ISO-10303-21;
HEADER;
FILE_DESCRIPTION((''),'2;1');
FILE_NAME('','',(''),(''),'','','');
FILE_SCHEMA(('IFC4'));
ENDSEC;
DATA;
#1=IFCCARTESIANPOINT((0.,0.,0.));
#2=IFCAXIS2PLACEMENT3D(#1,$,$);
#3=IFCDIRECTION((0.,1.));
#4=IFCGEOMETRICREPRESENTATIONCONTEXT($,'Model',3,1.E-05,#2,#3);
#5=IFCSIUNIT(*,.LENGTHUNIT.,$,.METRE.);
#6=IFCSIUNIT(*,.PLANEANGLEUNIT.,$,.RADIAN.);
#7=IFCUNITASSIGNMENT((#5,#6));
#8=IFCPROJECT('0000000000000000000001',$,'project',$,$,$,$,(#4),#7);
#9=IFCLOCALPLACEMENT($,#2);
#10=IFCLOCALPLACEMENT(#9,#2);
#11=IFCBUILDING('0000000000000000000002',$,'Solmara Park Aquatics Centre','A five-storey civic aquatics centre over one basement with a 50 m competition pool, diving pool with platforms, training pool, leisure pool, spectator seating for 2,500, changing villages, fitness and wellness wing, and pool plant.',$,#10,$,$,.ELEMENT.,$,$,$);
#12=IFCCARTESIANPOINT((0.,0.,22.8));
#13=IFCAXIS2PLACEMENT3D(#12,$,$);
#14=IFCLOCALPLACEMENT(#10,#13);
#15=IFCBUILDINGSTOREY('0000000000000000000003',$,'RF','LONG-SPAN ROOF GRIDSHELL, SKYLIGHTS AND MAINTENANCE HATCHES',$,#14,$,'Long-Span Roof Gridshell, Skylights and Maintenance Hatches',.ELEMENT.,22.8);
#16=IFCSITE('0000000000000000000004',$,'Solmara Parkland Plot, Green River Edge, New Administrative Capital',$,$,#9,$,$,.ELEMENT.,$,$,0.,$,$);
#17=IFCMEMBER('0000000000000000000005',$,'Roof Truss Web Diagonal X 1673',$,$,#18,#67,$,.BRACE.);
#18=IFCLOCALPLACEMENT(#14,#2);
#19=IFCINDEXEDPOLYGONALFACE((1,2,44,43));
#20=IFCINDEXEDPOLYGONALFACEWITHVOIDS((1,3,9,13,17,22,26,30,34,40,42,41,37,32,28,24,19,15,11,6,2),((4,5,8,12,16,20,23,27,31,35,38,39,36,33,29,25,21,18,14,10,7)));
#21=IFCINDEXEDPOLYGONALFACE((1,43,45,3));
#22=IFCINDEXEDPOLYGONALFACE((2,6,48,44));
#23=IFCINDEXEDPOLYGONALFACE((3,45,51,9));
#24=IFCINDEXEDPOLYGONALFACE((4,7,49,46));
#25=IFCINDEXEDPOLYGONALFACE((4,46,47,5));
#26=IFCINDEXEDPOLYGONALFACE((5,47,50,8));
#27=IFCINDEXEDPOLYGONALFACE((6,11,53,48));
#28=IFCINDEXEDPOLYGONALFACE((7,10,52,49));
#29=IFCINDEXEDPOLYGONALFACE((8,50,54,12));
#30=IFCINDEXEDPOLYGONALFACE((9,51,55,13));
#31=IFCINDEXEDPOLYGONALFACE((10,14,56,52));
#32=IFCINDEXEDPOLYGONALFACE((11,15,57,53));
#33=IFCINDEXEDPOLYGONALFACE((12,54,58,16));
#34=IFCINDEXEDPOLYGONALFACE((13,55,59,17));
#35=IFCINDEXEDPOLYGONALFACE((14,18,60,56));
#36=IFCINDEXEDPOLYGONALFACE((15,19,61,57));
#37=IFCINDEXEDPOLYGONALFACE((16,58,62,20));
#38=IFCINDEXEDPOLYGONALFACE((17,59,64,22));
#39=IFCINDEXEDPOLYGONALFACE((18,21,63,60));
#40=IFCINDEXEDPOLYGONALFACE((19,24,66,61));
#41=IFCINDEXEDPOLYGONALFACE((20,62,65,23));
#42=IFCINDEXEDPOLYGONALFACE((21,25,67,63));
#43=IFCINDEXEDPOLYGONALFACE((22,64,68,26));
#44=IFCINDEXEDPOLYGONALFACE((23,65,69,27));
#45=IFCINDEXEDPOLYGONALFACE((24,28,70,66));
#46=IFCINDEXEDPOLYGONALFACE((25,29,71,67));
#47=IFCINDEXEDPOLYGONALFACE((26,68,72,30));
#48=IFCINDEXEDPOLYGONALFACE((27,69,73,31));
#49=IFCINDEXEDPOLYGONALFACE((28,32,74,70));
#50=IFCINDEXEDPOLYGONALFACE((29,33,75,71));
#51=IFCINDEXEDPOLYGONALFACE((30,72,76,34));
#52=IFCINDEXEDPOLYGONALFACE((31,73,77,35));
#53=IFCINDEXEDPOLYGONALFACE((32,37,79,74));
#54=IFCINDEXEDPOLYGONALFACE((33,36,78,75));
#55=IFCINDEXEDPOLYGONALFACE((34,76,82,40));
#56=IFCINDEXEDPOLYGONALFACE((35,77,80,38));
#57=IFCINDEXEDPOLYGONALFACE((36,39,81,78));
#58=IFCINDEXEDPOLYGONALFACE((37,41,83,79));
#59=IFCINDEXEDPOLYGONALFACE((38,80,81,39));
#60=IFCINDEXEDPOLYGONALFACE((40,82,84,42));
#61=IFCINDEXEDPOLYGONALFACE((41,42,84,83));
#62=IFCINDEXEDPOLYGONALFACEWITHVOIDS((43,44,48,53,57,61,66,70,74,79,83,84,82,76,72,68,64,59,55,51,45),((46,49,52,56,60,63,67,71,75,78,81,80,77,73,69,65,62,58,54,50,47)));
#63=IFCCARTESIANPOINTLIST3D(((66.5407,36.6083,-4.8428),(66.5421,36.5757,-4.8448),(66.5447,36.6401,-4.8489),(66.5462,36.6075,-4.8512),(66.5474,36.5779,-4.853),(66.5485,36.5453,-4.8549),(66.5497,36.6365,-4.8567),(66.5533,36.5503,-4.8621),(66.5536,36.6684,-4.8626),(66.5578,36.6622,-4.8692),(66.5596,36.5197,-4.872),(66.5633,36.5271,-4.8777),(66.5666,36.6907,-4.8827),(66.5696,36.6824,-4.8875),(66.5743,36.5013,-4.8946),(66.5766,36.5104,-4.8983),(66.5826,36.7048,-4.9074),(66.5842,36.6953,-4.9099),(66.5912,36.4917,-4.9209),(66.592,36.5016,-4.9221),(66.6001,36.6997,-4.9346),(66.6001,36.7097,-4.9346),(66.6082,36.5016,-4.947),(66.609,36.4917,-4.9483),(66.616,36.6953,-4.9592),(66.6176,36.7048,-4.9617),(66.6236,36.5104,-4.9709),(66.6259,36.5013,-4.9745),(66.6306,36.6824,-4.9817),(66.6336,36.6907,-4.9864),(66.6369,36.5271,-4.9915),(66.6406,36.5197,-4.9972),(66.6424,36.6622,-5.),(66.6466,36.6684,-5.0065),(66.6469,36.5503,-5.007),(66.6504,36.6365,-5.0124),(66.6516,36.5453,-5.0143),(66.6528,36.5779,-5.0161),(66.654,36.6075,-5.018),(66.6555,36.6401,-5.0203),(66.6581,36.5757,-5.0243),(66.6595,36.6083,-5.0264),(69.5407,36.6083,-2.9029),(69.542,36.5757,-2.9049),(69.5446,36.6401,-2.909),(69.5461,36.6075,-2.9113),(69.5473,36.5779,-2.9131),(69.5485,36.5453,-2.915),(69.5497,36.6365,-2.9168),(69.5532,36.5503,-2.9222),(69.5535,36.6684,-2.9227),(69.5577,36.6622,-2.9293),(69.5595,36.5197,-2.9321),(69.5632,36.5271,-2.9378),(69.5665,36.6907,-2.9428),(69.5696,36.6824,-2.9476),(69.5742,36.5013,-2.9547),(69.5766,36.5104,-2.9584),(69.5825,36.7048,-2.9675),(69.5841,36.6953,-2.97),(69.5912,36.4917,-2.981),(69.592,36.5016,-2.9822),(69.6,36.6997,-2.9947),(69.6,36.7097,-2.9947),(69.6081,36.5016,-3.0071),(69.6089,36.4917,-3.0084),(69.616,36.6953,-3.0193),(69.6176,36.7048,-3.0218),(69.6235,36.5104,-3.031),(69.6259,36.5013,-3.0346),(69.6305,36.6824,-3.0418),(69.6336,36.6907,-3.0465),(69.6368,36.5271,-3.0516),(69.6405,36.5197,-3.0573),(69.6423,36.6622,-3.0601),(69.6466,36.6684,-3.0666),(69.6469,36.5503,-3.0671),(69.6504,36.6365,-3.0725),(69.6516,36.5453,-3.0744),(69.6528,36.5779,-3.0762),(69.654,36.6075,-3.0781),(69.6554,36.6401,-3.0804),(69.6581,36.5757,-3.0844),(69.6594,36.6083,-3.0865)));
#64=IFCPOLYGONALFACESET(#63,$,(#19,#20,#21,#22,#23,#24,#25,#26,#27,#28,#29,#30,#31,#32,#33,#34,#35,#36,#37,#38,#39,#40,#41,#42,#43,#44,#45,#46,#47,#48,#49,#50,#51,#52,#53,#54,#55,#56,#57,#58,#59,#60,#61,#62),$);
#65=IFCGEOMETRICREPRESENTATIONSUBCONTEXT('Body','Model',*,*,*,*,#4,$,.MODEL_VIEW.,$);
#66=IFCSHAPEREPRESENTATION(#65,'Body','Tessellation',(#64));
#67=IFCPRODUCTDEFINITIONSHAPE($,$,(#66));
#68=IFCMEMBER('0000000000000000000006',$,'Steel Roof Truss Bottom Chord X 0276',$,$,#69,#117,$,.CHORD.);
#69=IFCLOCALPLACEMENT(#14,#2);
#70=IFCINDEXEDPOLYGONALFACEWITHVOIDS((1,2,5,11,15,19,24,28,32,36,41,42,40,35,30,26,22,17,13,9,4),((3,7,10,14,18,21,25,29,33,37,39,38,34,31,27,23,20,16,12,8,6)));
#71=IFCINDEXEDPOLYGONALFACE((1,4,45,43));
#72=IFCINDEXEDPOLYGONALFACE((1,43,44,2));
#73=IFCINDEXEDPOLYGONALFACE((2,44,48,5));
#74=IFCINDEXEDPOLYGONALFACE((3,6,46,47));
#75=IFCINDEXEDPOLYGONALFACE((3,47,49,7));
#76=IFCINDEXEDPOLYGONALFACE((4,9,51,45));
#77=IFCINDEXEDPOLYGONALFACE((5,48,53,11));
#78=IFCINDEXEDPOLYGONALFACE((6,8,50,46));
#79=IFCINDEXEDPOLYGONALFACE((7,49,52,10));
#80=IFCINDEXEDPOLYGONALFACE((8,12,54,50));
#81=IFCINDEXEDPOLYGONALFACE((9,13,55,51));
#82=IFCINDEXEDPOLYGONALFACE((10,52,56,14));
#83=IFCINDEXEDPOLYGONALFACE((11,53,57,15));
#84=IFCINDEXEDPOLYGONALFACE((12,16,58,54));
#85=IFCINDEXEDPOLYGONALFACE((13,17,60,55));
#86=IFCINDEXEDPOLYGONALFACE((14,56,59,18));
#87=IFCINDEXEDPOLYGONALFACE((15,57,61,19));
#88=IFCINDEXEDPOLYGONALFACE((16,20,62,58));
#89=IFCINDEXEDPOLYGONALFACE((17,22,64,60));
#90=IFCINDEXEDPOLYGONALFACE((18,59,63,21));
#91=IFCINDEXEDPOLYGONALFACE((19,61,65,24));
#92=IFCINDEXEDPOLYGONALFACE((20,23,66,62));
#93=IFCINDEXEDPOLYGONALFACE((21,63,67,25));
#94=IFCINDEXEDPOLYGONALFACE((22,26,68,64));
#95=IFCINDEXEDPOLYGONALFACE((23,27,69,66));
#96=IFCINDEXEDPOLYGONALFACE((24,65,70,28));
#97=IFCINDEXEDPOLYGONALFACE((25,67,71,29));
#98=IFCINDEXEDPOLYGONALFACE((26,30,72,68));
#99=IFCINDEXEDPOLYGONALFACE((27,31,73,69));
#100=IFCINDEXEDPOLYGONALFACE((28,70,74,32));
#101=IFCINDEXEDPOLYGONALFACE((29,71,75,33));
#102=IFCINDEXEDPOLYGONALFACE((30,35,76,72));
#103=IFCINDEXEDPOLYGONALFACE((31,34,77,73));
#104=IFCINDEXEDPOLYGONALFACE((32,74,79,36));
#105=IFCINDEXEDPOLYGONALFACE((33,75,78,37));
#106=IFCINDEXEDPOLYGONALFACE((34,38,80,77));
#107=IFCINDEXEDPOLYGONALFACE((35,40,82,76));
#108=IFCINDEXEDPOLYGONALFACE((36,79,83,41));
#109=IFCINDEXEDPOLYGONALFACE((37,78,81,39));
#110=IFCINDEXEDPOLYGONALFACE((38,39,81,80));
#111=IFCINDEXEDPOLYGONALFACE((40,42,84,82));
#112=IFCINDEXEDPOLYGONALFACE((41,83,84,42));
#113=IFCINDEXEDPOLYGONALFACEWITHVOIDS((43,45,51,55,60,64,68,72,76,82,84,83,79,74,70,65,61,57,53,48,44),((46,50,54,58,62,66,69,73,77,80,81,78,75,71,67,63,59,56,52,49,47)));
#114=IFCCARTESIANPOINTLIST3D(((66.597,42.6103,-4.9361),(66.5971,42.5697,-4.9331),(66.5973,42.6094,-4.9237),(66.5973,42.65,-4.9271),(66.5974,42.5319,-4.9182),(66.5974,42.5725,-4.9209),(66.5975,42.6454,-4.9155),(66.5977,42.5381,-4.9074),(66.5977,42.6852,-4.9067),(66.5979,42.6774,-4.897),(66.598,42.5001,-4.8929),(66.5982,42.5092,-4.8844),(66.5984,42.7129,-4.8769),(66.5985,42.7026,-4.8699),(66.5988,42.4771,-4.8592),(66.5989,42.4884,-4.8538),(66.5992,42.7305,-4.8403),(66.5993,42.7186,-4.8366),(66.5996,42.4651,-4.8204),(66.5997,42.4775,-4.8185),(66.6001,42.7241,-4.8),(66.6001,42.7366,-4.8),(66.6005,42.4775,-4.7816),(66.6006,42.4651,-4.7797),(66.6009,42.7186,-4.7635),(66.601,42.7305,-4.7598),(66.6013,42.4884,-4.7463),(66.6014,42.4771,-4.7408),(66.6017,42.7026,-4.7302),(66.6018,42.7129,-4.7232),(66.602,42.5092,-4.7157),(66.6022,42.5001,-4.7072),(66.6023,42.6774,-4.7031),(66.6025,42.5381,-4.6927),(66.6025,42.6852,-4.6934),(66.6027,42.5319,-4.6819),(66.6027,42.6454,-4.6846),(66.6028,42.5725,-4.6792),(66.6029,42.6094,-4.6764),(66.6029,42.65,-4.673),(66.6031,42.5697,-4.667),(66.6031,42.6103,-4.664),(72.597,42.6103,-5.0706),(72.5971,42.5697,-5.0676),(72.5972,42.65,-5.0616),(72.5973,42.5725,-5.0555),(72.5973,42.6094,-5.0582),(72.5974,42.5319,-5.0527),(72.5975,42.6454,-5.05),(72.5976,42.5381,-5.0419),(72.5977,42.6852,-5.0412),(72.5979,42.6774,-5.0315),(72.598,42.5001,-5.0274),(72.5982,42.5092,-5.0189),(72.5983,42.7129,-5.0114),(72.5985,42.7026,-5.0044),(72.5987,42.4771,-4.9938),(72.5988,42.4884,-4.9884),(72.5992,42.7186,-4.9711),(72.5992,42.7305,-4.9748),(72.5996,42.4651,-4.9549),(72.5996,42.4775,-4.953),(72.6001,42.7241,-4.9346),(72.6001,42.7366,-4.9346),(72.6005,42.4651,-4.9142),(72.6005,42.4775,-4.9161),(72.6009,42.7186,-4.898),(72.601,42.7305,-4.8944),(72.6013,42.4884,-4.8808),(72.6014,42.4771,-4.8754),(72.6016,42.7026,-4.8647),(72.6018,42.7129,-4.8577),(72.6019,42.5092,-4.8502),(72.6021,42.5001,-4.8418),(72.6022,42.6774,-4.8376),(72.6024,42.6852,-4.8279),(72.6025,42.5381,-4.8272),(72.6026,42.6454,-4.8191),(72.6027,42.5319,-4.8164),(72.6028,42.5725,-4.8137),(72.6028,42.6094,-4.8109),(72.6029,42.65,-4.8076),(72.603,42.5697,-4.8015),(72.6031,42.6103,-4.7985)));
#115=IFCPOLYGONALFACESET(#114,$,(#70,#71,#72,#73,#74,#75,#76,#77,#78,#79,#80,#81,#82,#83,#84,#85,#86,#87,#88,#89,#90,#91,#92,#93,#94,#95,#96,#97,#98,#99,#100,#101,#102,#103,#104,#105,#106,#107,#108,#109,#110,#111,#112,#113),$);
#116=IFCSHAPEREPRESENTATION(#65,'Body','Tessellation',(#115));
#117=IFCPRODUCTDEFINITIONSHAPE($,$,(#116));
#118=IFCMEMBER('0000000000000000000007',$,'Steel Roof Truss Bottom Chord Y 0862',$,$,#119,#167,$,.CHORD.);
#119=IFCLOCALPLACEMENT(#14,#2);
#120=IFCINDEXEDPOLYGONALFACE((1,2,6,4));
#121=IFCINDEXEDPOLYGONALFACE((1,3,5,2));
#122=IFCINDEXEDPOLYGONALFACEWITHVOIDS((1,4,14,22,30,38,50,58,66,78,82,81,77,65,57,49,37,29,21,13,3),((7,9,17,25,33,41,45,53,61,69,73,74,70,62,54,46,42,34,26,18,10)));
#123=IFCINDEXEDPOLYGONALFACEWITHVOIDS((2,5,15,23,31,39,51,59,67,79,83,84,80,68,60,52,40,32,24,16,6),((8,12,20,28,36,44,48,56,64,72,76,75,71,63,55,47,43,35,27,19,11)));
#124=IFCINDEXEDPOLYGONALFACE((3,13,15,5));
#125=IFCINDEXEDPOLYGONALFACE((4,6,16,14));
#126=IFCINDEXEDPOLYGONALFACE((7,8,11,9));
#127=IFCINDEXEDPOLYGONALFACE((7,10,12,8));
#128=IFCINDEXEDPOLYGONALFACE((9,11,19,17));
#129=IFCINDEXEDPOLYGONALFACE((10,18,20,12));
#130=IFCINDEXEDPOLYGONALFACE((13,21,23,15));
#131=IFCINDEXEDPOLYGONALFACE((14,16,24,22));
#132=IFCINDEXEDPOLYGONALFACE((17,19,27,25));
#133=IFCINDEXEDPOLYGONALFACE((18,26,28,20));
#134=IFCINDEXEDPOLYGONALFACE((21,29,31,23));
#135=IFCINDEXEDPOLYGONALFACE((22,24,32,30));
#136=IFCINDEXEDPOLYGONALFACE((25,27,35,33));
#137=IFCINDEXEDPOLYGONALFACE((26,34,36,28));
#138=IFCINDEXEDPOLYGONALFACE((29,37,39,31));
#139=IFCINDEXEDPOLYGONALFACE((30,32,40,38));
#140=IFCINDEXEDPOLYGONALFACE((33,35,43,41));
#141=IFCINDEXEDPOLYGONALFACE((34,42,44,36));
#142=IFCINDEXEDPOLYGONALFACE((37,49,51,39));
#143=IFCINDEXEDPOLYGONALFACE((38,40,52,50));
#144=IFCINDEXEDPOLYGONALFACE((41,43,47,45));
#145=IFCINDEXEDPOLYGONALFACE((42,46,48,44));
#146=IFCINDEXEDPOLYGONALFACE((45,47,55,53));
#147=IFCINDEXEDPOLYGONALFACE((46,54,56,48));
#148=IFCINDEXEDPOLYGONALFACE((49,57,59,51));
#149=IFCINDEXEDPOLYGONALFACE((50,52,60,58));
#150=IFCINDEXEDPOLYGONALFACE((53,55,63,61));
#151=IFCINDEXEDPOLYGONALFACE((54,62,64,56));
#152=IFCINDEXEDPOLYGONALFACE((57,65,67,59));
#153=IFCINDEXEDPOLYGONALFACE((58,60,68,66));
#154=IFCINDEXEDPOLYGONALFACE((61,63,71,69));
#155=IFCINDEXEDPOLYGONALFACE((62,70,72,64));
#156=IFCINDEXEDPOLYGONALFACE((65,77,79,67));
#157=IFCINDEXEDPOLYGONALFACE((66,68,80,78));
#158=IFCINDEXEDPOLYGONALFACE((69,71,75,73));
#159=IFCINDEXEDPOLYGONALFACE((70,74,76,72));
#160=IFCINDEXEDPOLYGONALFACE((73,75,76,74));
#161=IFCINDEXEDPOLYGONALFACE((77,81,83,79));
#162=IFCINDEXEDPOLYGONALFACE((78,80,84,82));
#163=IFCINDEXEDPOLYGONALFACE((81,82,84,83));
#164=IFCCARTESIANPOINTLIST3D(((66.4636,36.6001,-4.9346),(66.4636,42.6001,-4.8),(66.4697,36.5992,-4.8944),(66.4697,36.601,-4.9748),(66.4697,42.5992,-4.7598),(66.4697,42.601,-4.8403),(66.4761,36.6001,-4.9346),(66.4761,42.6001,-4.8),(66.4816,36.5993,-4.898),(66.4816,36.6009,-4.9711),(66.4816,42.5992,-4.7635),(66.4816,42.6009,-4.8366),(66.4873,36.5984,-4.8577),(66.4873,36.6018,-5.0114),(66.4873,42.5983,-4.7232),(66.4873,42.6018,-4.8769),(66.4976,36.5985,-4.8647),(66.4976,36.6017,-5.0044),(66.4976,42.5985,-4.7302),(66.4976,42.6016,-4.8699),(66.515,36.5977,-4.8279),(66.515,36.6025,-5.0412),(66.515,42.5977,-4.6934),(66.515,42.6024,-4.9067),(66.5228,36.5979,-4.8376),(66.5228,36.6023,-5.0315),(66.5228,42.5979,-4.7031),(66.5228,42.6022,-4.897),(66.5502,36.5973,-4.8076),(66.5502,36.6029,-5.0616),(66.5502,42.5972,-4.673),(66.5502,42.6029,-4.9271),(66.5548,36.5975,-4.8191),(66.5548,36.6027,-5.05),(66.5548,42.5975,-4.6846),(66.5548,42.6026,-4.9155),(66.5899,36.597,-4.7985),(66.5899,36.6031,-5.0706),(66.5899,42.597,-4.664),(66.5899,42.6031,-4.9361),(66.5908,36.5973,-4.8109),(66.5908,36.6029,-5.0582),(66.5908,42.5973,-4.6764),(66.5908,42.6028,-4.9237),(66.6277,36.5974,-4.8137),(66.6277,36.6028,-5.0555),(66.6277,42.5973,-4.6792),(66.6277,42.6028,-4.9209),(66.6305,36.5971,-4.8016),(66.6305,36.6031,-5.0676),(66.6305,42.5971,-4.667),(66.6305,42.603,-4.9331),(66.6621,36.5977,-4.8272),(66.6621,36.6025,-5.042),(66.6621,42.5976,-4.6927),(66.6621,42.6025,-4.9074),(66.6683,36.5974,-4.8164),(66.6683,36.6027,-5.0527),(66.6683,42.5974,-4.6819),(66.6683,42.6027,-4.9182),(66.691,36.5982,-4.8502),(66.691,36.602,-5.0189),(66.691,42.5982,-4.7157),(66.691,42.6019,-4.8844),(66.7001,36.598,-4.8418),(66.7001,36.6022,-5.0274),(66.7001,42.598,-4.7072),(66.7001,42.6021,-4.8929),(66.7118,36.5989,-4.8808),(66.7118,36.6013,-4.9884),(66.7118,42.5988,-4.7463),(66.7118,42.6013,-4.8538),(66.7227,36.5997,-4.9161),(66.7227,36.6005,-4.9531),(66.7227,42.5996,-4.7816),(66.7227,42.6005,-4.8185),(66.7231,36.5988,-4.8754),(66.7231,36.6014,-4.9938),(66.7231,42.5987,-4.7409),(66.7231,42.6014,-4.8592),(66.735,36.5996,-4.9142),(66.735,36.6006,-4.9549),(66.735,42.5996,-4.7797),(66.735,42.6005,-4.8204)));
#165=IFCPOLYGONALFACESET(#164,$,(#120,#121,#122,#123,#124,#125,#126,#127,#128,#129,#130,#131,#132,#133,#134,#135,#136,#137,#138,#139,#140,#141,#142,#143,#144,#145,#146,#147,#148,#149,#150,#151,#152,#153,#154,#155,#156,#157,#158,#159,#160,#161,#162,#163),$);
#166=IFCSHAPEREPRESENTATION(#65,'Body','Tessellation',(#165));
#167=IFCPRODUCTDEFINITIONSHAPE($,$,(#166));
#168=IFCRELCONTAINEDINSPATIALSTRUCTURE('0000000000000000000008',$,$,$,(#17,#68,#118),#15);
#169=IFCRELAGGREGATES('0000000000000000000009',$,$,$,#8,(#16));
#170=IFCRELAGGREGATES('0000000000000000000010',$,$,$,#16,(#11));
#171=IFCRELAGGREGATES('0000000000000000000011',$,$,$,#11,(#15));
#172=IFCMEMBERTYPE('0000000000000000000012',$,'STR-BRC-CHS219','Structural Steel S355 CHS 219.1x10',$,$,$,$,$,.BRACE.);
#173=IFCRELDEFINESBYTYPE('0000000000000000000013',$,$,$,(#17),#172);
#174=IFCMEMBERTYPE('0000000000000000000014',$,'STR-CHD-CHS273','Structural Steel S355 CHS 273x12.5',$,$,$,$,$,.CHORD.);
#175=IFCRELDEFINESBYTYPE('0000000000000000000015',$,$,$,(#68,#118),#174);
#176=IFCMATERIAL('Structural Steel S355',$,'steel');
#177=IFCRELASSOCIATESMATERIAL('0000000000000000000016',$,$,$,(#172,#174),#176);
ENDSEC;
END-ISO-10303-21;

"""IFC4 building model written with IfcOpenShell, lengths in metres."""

from ifc_helpers import new_model, si_unit, direction, frame, origin, origin_2d, place, context, subcontext, project, spatial, hollow_circle, extrude, material, material_profile, profile_set, type_object, element, save


model = new_model("IFC4")

# Units and contexts
model_context = context("Model", 3, precision=1e-05, world=origin(), true_north=direction((0.0, 1.0)))
body_context = subcontext(model_context, "Body", "Model", "MODEL_VIEW")
ifc_project = project(units=[si_unit("LENGTHUNIT", "METRE"), si_unit("PLANEANGLEUNIT", "RADIAN")], contexts=[model_context])

# Site, building, storey
site_placement = place(None, origin())
site = spatial("IfcSite", under=ifc_project, at=site_placement, Name="Solmara Parkland Plot, Green River Edge, New Administrative Capital", CompositionType="ELEMENT", RefElevation=0.0)
building_placement = place(site_placement, origin())
building = spatial("IfcBuilding", under=site, at=building_placement, Name="Solmara Park Aquatics Centre", Description="A five-storey civic aquatics centre over one basement with a 50 m competition pool, diving pool with platforms, training pool, leisure pool, spectator seating for 2,500, changing villages, fitness and wellness wing, and pool plant.", CompositionType="ELEMENT")
storey_placement = place(building_placement, frame((0.0, 0.0, 22.8)))
storey = spatial("IfcBuildingStorey", under=building, at=storey_placement, Name="RF", Description="LONG-SPAN ROOF GRIDSHELL, SKYLIGHTS AND MAINTENANCE HATCHES", LongName="Long-Span Roof Gridshell, Skylights and Maintenance Hatches", CompositionType="ELEMENT", Elevation=22.8)

# Members
ifc_material_1 = material(Name="Structural Steel S355", Category="steel")
ifc_material_profile_1 = material_profile(ifc_material_1, hollow_circle(Radius=0.1096, WallThickness=0.01, at=origin_2d()), Name="CHS 219.1x10")
ifc_profile_set_1 = profile_set([ifc_material_profile_1], Name="Structural Steel S355")
member_type_1 = type_object("IfcMemberType", Name="STR-BRC-CHS219", Description="Structural Steel S355 CHS 219.1x10", PredefinedType="BRACE", material=ifc_profile_set_1)
for number, where, z_axis, x_axis, name in (
    (1, (66.6001, 36.6001, -4.9346), (0.839728, 0.0, 0.543008), (0.0, 1.0, 0.0), "Roof Truss Web Diagonal X 1673"),
):
    element("IfcMember", number, at=place(storey_placement, frame(where, z_axis=z_axis, x_axis=x_axis)), inside=storey, type_object=member_type_1, Name=name, PredefinedType="BRACE", context=body_context, shape_type="SweptSolid", body=[
        extrude(hollow_circle(Radius=0.1096, WallThickness=0.01, at=origin_2d()), origin(), (0.0, 0.0, 1.0), 3.5725),
    ])
ifc_material_profile_2 = material_profile(ifc_material_1, hollow_circle(Radius=0.1365, WallThickness=0.0125, at=origin_2d()), Name="CHS 273x12.5")
ifc_profile_set_2 = profile_set([ifc_material_profile_2], Name="Structural Steel S355")
member_type_2 = type_object("IfcMemberType", Name="STR-CHD-CHS273", Description="Structural Steel S355 CHS 273x12.5", PredefinedType="CHORD", material=ifc_profile_set_2)
for number, where, z_axis, x_axis, name in (
    (2, (66.6001, 42.6001, -4.8), (0.999749, 0.0, -0.022415), (0.0, 1.0, 0.0), "Steel Roof Truss Bottom Chord X 0276"),
    (3, (66.6001, 36.6001, -4.9346), (0.0, 0.999749, 0.022415), (-1.0, 0.0, 0.0), "Steel Roof Truss Bottom Chord Y 0862"),
):
    element("IfcMember", number, at=place(storey_placement, frame(where, z_axis=z_axis, x_axis=x_axis)), inside=storey, type_object=member_type_2, Name=name, PredefinedType="CHORD", context=body_context, shape_type="SweptSolid", body=[
        extrude(hollow_circle(Radius=0.1365, WallThickness=0.0125, at=origin_2d()), origin(), (0.0, 0.0, 1.0), 6.0015),
    ])

save(model, "model.ifc")
